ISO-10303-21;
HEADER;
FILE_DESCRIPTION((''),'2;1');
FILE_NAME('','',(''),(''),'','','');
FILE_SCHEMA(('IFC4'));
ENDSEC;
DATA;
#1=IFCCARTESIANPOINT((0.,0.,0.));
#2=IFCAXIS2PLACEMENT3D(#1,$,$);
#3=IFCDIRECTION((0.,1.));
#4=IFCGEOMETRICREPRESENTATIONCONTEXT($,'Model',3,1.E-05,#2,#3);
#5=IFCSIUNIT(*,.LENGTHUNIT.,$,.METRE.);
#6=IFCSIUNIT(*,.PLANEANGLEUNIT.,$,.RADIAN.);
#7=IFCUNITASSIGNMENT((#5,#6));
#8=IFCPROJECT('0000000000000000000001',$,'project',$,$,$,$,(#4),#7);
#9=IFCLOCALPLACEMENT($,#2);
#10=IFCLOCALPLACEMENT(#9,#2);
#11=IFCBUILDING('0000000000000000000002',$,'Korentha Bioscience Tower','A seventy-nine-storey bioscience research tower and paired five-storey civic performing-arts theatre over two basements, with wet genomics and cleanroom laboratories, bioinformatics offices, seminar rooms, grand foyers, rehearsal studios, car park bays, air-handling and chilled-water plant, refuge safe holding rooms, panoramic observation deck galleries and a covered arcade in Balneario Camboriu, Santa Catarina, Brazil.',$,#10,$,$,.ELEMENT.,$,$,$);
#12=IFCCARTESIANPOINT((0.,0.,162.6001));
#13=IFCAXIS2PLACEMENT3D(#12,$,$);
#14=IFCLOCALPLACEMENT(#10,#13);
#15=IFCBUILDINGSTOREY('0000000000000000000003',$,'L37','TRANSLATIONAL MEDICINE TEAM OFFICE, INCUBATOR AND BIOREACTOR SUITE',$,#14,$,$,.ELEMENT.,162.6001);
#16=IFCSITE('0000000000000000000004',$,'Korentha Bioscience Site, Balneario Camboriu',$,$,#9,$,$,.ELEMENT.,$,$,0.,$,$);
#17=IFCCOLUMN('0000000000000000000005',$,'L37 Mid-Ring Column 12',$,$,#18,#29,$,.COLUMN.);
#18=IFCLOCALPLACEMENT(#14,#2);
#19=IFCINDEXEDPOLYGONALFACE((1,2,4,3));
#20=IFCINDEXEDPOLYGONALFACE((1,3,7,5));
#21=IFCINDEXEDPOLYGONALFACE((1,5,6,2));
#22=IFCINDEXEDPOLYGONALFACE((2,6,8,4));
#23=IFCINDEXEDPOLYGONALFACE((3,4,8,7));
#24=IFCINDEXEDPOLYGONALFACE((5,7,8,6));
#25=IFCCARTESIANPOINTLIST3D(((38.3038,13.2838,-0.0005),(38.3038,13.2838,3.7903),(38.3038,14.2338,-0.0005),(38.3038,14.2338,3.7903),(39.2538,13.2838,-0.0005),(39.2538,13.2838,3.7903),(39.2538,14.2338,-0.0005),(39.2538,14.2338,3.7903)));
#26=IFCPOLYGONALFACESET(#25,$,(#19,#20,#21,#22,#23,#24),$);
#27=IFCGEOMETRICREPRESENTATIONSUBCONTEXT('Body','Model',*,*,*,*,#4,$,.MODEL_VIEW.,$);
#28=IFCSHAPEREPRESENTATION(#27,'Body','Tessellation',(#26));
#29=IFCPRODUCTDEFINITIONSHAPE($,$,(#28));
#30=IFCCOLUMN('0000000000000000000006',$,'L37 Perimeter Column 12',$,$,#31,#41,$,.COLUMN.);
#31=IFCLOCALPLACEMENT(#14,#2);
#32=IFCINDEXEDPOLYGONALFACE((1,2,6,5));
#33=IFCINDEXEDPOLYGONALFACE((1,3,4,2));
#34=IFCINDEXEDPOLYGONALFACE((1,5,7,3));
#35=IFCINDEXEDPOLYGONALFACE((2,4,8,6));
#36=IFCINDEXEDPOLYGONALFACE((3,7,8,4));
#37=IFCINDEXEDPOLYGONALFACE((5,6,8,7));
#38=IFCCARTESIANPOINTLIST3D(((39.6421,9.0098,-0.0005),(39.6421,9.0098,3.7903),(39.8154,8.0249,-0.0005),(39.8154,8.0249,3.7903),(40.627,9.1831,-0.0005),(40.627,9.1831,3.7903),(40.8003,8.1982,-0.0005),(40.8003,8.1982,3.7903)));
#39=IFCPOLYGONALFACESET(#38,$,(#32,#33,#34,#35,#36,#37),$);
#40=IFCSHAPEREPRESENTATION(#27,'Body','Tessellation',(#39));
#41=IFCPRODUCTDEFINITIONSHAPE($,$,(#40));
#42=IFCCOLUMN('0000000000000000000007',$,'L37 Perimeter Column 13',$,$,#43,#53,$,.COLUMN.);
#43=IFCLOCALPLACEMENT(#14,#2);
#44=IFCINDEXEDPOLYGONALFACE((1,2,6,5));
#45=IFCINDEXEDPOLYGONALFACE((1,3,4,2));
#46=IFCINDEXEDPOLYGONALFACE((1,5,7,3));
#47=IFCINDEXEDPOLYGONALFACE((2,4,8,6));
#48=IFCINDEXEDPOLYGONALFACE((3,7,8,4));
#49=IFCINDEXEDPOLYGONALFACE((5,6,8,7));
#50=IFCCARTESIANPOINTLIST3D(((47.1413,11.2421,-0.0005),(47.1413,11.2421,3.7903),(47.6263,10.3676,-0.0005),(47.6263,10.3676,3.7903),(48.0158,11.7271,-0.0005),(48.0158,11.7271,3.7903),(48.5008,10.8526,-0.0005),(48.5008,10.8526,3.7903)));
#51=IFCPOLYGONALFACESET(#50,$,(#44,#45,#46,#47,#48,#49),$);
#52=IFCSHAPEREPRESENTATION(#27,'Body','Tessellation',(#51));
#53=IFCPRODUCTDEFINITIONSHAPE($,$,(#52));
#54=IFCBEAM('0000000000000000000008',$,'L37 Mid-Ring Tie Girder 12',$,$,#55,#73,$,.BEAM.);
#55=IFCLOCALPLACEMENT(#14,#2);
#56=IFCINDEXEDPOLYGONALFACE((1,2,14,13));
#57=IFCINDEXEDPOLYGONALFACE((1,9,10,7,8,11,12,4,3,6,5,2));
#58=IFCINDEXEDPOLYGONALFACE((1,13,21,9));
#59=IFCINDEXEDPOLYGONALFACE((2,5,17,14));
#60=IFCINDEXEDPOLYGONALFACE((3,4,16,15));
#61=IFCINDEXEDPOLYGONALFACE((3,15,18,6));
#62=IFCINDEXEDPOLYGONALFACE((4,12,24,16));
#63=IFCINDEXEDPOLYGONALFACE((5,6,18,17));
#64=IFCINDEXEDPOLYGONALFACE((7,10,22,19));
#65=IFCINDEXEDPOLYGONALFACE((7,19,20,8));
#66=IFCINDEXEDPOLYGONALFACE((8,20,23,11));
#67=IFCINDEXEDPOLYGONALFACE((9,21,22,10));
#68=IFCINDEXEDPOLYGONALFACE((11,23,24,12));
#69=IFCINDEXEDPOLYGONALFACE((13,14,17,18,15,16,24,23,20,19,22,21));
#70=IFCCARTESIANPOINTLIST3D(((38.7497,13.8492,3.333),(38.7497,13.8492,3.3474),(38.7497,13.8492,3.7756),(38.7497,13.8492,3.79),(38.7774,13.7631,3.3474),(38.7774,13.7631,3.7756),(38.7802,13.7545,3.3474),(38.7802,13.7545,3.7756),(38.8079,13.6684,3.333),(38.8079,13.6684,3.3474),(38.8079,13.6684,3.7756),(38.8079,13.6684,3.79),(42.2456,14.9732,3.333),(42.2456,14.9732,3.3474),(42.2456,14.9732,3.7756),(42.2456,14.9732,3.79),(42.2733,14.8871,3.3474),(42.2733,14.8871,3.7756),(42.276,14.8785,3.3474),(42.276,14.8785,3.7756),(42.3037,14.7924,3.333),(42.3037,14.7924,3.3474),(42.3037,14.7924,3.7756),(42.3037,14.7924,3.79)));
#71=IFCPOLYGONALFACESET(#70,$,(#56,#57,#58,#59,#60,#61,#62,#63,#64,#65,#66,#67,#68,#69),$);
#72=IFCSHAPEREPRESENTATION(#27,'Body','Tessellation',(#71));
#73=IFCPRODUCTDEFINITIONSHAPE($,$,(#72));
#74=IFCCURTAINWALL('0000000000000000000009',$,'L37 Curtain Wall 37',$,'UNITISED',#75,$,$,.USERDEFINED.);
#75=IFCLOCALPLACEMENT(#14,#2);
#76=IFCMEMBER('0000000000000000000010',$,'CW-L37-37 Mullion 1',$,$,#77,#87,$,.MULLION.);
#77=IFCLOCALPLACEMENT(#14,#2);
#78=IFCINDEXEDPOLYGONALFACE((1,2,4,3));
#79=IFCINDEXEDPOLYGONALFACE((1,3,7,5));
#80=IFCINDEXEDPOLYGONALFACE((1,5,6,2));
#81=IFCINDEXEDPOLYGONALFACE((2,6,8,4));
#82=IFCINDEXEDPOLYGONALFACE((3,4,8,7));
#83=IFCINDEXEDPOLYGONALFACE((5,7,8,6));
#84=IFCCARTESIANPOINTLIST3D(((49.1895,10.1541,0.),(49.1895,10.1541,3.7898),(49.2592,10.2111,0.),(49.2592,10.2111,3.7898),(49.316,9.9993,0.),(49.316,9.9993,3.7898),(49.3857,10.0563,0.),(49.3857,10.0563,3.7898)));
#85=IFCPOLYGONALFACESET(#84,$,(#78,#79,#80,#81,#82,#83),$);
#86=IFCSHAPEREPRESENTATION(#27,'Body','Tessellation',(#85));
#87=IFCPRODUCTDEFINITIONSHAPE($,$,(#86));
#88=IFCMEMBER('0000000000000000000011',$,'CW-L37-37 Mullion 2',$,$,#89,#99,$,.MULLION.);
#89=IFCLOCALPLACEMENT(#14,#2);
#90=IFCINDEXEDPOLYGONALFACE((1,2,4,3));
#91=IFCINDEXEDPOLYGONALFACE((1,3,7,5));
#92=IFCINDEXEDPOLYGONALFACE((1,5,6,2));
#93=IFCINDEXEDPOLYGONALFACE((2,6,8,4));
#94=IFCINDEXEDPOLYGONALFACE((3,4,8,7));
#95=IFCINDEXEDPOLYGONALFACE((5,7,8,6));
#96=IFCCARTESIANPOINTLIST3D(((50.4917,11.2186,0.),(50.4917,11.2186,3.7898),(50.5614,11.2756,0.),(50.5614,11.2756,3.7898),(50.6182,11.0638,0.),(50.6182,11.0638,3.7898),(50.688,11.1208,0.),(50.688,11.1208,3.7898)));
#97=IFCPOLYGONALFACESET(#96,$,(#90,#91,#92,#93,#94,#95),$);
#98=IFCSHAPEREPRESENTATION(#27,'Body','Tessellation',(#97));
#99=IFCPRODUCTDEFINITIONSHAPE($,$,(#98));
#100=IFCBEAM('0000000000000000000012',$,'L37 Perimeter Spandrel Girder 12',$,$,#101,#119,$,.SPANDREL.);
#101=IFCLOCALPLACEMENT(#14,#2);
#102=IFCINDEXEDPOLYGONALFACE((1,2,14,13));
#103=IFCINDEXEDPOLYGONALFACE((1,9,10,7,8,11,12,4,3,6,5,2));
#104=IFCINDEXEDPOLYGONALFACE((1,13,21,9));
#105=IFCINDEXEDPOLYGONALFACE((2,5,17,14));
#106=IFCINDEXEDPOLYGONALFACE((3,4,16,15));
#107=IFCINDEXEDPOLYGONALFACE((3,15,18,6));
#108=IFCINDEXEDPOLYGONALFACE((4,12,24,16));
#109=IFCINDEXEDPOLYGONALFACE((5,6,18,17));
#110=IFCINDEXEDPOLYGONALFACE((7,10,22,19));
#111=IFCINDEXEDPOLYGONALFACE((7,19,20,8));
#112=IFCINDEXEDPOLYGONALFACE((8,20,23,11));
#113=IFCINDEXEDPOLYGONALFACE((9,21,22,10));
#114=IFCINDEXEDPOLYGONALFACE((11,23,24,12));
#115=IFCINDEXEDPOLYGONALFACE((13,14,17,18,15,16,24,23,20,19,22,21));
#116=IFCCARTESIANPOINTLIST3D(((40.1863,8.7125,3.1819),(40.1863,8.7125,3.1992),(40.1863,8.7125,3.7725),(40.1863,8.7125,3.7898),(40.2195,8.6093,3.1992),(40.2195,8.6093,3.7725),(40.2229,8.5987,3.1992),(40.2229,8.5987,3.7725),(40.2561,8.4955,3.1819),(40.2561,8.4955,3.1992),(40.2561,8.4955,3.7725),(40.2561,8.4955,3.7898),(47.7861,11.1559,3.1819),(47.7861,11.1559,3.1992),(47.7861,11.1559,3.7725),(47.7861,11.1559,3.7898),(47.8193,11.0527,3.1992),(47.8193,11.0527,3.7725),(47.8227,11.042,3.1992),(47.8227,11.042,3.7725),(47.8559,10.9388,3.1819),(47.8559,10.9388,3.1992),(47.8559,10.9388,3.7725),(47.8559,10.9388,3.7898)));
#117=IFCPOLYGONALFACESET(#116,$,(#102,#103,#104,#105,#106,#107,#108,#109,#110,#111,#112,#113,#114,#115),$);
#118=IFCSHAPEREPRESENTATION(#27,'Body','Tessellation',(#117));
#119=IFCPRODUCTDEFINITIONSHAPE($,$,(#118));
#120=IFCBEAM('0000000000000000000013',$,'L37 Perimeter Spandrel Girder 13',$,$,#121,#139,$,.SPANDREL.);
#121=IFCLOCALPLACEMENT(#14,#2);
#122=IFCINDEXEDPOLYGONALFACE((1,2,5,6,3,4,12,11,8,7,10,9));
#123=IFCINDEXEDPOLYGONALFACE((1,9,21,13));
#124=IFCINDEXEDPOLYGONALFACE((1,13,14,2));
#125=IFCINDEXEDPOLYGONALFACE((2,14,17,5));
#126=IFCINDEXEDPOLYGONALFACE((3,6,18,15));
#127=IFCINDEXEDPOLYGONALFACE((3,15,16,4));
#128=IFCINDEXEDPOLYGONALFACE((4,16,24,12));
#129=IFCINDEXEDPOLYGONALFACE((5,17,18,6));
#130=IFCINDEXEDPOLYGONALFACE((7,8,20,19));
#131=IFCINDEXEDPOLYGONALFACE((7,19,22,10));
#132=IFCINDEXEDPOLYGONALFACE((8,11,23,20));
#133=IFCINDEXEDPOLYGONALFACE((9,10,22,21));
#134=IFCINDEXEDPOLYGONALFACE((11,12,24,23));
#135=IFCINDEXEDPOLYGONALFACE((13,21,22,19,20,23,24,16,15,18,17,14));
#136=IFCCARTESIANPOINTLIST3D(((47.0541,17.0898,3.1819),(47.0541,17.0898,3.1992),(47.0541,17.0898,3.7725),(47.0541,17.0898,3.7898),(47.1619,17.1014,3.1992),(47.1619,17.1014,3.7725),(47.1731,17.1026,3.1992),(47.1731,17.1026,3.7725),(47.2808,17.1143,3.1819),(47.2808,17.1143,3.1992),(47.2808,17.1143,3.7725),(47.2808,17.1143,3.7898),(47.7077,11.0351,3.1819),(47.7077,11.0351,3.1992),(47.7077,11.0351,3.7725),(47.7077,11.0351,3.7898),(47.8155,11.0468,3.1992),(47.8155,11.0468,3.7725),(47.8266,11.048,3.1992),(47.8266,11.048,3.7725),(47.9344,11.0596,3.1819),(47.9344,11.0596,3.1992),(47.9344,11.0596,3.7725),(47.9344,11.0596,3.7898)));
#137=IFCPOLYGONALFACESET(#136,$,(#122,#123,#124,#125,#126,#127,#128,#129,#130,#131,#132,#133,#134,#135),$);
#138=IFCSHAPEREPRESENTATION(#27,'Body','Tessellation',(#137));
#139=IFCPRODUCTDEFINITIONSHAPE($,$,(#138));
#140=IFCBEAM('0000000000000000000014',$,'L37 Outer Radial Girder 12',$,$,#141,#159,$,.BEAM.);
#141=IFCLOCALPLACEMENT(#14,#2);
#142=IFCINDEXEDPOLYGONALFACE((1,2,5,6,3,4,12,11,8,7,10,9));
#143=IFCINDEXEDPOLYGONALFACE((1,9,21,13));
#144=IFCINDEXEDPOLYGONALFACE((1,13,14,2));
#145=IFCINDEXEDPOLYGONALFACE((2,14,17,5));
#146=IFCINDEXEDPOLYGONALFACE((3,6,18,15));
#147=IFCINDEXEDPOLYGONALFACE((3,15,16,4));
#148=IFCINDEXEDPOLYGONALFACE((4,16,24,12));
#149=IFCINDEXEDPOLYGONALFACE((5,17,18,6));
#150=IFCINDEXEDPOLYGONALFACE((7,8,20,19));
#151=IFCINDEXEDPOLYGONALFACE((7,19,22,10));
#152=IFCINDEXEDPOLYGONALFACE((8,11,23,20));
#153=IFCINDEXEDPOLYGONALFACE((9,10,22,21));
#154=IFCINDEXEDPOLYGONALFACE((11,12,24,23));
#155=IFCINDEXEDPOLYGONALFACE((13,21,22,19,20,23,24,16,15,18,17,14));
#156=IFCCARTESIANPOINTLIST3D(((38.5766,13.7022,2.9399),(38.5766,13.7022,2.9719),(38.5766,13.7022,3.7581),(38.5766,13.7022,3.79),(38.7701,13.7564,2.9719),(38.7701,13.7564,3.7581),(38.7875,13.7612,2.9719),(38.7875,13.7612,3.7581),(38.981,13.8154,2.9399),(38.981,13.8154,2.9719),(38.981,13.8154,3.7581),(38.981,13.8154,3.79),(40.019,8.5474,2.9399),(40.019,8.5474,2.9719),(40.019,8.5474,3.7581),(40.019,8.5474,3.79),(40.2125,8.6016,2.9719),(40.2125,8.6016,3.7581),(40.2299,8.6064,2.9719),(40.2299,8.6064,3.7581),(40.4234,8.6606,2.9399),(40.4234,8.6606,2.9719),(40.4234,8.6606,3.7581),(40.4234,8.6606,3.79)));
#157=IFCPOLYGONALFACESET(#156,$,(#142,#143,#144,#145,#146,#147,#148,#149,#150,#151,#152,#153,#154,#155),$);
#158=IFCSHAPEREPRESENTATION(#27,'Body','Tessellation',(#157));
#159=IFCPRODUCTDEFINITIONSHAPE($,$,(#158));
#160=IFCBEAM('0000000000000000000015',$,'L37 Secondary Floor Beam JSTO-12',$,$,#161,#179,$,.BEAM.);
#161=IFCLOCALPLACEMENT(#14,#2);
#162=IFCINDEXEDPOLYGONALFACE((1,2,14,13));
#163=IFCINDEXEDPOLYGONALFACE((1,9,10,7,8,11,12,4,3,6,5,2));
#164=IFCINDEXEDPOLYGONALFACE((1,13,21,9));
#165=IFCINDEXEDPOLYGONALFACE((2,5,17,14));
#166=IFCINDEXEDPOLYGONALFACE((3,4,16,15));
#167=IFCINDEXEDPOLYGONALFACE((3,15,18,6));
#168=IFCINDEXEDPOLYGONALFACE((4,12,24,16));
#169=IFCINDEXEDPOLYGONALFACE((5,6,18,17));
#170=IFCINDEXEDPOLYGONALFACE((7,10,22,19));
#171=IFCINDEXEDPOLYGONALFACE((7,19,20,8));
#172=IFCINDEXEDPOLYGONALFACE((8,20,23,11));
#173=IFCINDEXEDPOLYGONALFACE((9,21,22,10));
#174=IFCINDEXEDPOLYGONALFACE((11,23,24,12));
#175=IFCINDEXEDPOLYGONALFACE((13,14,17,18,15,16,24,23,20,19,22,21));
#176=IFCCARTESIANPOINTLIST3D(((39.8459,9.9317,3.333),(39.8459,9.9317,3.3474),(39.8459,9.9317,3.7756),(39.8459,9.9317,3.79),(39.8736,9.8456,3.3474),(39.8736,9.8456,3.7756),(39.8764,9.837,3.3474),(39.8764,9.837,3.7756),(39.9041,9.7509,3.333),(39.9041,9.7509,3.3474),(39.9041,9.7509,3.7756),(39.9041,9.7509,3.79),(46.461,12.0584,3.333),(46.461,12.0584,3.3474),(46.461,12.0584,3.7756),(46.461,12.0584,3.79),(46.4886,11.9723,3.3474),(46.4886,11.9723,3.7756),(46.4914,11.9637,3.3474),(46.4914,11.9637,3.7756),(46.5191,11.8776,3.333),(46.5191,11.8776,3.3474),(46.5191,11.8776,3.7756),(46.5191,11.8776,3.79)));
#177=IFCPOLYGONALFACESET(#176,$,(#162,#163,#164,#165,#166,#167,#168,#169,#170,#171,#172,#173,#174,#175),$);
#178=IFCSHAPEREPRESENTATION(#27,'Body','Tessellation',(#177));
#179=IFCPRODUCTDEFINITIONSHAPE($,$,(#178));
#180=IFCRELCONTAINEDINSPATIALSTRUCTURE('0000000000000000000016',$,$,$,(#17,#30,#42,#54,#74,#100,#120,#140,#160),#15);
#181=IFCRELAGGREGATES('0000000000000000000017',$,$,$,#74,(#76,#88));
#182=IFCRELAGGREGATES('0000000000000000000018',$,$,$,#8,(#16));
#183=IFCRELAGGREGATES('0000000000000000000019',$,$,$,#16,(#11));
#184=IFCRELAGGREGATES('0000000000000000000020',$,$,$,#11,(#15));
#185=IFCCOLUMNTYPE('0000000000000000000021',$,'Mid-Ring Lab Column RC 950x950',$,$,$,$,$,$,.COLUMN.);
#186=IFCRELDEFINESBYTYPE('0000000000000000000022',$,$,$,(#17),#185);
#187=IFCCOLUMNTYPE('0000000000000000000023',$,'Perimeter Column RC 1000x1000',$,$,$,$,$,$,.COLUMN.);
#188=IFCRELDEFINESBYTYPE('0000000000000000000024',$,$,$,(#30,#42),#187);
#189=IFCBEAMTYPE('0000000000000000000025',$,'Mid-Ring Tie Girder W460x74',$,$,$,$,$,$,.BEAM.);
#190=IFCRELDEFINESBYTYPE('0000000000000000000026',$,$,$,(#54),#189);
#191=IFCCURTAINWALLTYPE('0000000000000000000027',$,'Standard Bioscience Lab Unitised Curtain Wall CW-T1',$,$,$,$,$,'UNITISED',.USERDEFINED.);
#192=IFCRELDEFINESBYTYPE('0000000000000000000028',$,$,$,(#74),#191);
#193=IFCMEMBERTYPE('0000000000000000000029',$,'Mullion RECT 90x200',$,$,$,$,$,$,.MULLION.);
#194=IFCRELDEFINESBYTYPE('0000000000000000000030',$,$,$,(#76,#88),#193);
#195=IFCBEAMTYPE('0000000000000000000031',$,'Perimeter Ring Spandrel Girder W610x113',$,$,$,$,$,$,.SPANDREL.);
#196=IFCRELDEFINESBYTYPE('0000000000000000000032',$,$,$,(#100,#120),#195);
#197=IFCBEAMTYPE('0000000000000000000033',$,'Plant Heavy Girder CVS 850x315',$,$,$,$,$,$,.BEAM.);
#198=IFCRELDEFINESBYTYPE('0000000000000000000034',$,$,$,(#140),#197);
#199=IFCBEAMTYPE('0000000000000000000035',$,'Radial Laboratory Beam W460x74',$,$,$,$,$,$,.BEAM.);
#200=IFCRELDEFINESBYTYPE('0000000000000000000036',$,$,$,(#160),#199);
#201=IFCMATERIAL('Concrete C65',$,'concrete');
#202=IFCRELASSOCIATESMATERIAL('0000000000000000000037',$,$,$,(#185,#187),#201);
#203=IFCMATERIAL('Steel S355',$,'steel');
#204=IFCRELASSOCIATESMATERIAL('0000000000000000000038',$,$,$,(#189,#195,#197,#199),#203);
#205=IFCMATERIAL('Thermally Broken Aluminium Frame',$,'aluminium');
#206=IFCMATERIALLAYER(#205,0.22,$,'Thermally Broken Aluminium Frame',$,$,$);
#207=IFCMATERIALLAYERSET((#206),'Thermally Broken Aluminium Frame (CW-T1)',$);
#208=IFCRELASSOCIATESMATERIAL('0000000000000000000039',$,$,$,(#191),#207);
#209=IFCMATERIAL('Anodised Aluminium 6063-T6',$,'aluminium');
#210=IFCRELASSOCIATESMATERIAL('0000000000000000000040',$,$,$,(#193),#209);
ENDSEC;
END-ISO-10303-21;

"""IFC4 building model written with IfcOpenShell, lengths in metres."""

from ifc_helpers import new_model, si_unit, direction, frame, origin, origin_2d, place, context, subcontext, project, spatial, rectangle, i_section, extrude, material, layer, layer_set, material_profile, profile_set, type_object, element, aggregate, save


model = new_model("IFC4")

# Units and contexts
model_context = context("Model", 3, precision=1e-05, world=origin(), true_north=direction((0.0, 1.0)))
body_context = subcontext(model_context, "Body", "Model", "MODEL_VIEW")
ifc_project = project(units=[si_unit("LENGTHUNIT", "METRE"), si_unit("PLANEANGLEUNIT", "RADIAN")], contexts=[model_context])

# Site, building, storey
site_placement = place(None, origin())
site = spatial("IfcSite", under=ifc_project, at=site_placement, Name="Korentha Bioscience Site, Balneario Camboriu", CompositionType="ELEMENT", RefElevation=0.0)
building_placement = place(site_placement, origin())
building = spatial("IfcBuilding", under=site, at=building_placement, Name="Korentha Bioscience Tower", Description="A seventy-nine-storey bioscience research tower and paired five-storey civic performing-arts theatre over two basements, with wet genomics and cleanroom laboratories, bioinformatics offices, seminar rooms, grand foyers, rehearsal studios, car park bays, air-handling and chilled-water plant, refuge safe holding rooms, panoramic observation deck galleries and a covered arcade in Balneario Camboriu, Santa Catarina, Brazil.", CompositionType="ELEMENT")
storey_placement = place(building_placement, frame((0.0, 0.0, 162.6001)))
storey = spatial("IfcBuildingStorey", under=building, at=storey_placement, Name="L37", Description="TRANSLATIONAL MEDICINE TEAM OFFICE, INCUBATOR AND BIOREACTOR SUITE", CompositionType="ELEMENT", Elevation=162.6001)

# Columns
ifc_material_1 = material(Name="Concrete C65", Category="concrete")
ifc_material_profile_1 = material_profile(ifc_material_1, rectangle(XDim=0.95, YDim=0.95, at=origin_2d()), Name="Concrete C65")
ifc_profile_set_1 = profile_set([ifc_material_profile_1], Name="Concrete C65 (COL-MR09)")
column_type_1 = type_object("IfcColumnType", Name="Mid-Ring Lab Column RC 950x950", PredefinedType="COLUMN", material=ifc_profile_set_1)
column_placement = place(storey_placement, frame((38.7788, 13.7588, -0.0005), z_axis=(0.0, 0.0, 1.0), x_axis=(1.0, 0.0, 0.0)))
element("IfcColumn", 1, at=column_placement, inside=storey, type_object=column_type_1, Name="L37 Mid-Ring Column 12", PredefinedType="COLUMN", context=body_context, shape_type="SweptSolid", body=[
    extrude(rectangle(XDim=0.95, YDim=0.95, at=origin_2d()), origin(), (0.0, 0.0, 1.0), 3.7908),
])
ifc_material_profile_2 = material_profile(ifc_material_1, rectangle(XDim=1.0, YDim=1.0, at=origin_2d()), Name="Concrete C65")
ifc_profile_set_2 = profile_set([ifc_material_profile_2], Name="Concrete C65 (COL-P10)")
column_type_2 = type_object("IfcColumnType", Name="Perimeter Column RC 1000x1000", PredefinedType="COLUMN", material=ifc_profile_set_2)
for number, where, z_axis, x_axis, name in (
    (2, (40.2212, 8.604, -0.0005), (0.0, 0.0, 1.0), (0.984868, 0.173304, 0.0), "L37 Perimeter Column 12"),
    (3, (47.821, 11.0474, -0.0005), (0.0, 0.0, 1.0), (0.874535, 0.484962, 0.0), "L37 Perimeter Column 13"),
):
    element("IfcColumn", number, at=place(storey_placement, frame(where, z_axis=z_axis, x_axis=x_axis)), inside=storey, type_object=column_type_2, Name=name, PredefinedType="COLUMN", context=body_context, shape_type="SweptSolid", body=[
        extrude(rectangle(XDim=1.0, YDim=1.0, at=origin_2d()), origin(), (0.0, 0.0, 1.0), 3.7908),
    ])

# Beam
ifc_material_2 = material(Name="Steel S355", Category="steel")
ifc_material_profile_3 = material_profile(ifc_material_2, i_section(OverallWidth=0.1899, OverallDepth=0.457, WebThickness=0.009, FlangeThickness=0.0144, at=origin_2d()), Name="Steel S355")
ifc_profile_set_3 = profile_set([ifc_material_profile_3], Name="Steel S355 (MB-460)")
beam_type_1 = type_object("IfcBeamType", Name="Mid-Ring Tie Girder W460x74", PredefinedType="BEAM", material=ifc_profile_set_3)
beam_1_placement = place(storey_placement, frame((38.7788, 13.7588, 3.5615), z_axis=(0.952, 0.306097, 0.0), x_axis=(-0.306097, 0.952, 0.0)))
element("IfcBeam", 4, at=beam_1_placement, inside=storey, type_object=beam_type_1, Name="L37 Mid-Ring Tie Girder 12", PredefinedType="BEAM", context=body_context, shape_type="SweptSolid", body=[
    extrude(i_section(OverallWidth=0.1899, OverallDepth=0.457, WebThickness=0.009, FlangeThickness=0.0144, at=origin_2d()), origin(), (0.0, 0.0, 1.0), 3.6721),
])

# Curtain wall, members
ifc_material_3 = material(Name="Thermally Broken Aluminium Frame", Category="aluminium")
ifc_layer_1 = layer(ifc_material_3, 0.22, Name="Thermally Broken Aluminium Frame")
ifc_layer_set_1 = layer_set([ifc_layer_1], Name="Thermally Broken Aluminium Frame (CW-T1)")
curtain_wall_type = type_object("IfcCurtainWallType", Name="Standard Bioscience Lab Unitised Curtain Wall CW-T1", ElementType="UNITISED", PredefinedType="USERDEFINED", material=ifc_layer_set_1)
curtain_wall_placement = place(storey_placement, origin())
curtain_wall = element("IfcCurtainWall", 5, at=curtain_wall_placement, inside=storey, type_object=curtain_wall_type, Name="L37 Curtain Wall 37", ObjectType="UNITISED", PredefinedType="USERDEFINED")
ifc_material_4 = material(Name="Anodised Aluminium 6063-T6", Category="aluminium")
ifc_material_profile_4 = material_profile(ifc_material_4, rectangle(XDim=0.0901, YDim=0.2, at=origin_2d()), Name="Anodised Aluminium 6063-T6")
ifc_profile_set_4 = profile_set([ifc_material_profile_4], Name="Anodised Aluminium 6063-T6 (CW-MUL)")
member_type_1 = type_object("IfcMemberType", Name="Mullion RECT 90x200", PredefinedType="MULLION", material=ifc_profile_set_4)
member_1_placement = place(storey_placement, frame((49.2876, 10.1052, 0.0), z_axis=(0.0, 0.0, 1.0), x_axis=(0.774256, 0.632872, 0.0)))
member_1 = element("IfcMember", 6, at=member_1_placement, type_object=member_type_1, Name="CW-L37-37 Mullion 1", PredefinedType="MULLION", context=body_context, shape_type="SweptSolid", body=[
    extrude(rectangle(XDim=0.0901, YDim=0.2, at=origin_2d()), origin(), (0.0, 0.0, 1.0), 3.7898),
])
member_2_placement = place(storey_placement, frame((50.5898, 11.1697, 0.0), z_axis=(0.0, 0.0, 1.0), x_axis=(0.774256, 0.632872, 0.0)))
member_2 = element("IfcMember", 7, at=member_2_placement, type_object=member_type_1, Name="CW-L37-37 Mullion 2", PredefinedType="MULLION", context=body_context, shape_type="SweptSolid", body=[
    extrude(rectangle(XDim=0.0901, YDim=0.2, at=origin_2d()), origin(), (0.0, 0.0, 1.0), 3.7898),
])

# Beams
ifc_material_profile_5 = material_profile(ifc_material_2, i_section(OverallWidth=0.228, OverallDepth=0.6079, WebThickness=0.0112, FlangeThickness=0.0173, at=origin_2d()), Name="Steel S355")
ifc_profile_set_5 = profile_set([ifc_material_profile_5], Name="Steel S355 (SB-610)")
beam_type_2 = type_object("IfcBeamType", Name="Perimeter Ring Spandrel Girder W610x113", PredefinedType="SPANDREL", material=ifc_profile_set_5)
beam_2_placement = place(storey_placement, frame((40.2212, 8.604, 3.4858), z_axis=(0.952009, 0.306072, 0.0), x_axis=(-0.306072, 0.952009, 0.0)))
element("IfcBeam", 8, at=beam_2_placement, inside=storey, type_object=beam_type_2, Name="L37 Perimeter Spandrel Girder 12", PredefinedType="SPANDREL", context=body_context, shape_type="SweptSolid", body=[
    extrude(i_section(OverallWidth=0.228, OverallDepth=0.6079, WebThickness=0.0112, FlangeThickness=0.0173, at=origin_2d()), origin(), (0.0, 0.0, 1.0), 7.9829),
])
beam_3_placement = place(storey_placement, frame((47.821, 11.0474, 3.4858), z_axis=(-0.10732, 0.994225, 0.0), x_axis=(-0.994225, -0.10732, 0.0)))
element("IfcBeam", 9, at=beam_3_placement, inside=storey, type_object=beam_type_2, Name="L37 Perimeter Spandrel Girder 13", PredefinedType="SPANDREL", context=body_context, shape_type="SweptSolid", body=[
    extrude(i_section(OverallWidth=0.228, OverallDepth=0.6079, WebThickness=0.0112, FlangeThickness=0.0173, at=origin_2d()), origin(), (0.0, 0.0, 1.0), 6.0898),
])
ifc_material_profile_6 = material_profile(ifc_material_2, i_section(OverallWidth=0.4199, OverallDepth=0.8501, WebThickness=0.0181, FlangeThickness=0.032, at=origin_2d()), Name="Steel S355")
ifc_profile_set_6 = profile_set([ifc_material_profile_6], Name="Steel S355 (MB-850)")
beam_type_3 = type_object("IfcBeamType", Name="Plant Heavy Girder CVS 850x315", PredefinedType="BEAM", material=ifc_profile_set_6)
beam_4_placement = place(storey_placement, frame((38.7788, 13.7588, 3.365), z_axis=(0.269464, -0.96301, 0.0), x_axis=(0.96301, 0.269464, 0.0)))
element("IfcBeam", 10, at=beam_4_placement, inside=storey, type_object=beam_type_3, Name="L37 Outer Radial Girder 12", PredefinedType="BEAM", context=body_context, shape_type="SweptSolid", body=[
    extrude(i_section(OverallWidth=0.4199, OverallDepth=0.8501, WebThickness=0.0181, FlangeThickness=0.032, at=origin_2d()), origin(), (0.0, 0.0, 1.0), 5.3528),
])
ifc_material_profile_7 = material_profile(ifc_material_2, i_section(OverallWidth=0.1899, OverallDepth=0.457, WebThickness=0.009, FlangeThickness=0.0144, at=origin_2d()), Name="Steel S355")
ifc_profile_set_7 = profile_set([ifc_material_profile_7], Name="Steel S355 (RB-460)")
beam_type_4 = type_object("IfcBeamType", Name="Radial Laboratory Beam W460x74", PredefinedType="BEAM", material=ifc_profile_set_7)
beam_5_placement = place(storey_placement, frame((39.875, 9.8413, 3.5615), z_axis=(0.952009, 0.306069, 0.0), x_axis=(-0.306069, 0.952009, 0.0)))
element("IfcBeam", 11, at=beam_5_placement, inside=storey, type_object=beam_type_4, Name="L37 Secondary Floor Beam JSTO-12", PredefinedType="BEAM", context=body_context, shape_type="SweptSolid", body=[
    extrude(i_section(OverallWidth=0.1899, OverallDepth=0.457, WebThickness=0.009, FlangeThickness=0.0144, at=origin_2d()), origin(), (0.0, 0.0, 1.0), 6.9485),
])

aggregate(curtain_wall, [member_1, member_2])

save(model, "model.ifc")
